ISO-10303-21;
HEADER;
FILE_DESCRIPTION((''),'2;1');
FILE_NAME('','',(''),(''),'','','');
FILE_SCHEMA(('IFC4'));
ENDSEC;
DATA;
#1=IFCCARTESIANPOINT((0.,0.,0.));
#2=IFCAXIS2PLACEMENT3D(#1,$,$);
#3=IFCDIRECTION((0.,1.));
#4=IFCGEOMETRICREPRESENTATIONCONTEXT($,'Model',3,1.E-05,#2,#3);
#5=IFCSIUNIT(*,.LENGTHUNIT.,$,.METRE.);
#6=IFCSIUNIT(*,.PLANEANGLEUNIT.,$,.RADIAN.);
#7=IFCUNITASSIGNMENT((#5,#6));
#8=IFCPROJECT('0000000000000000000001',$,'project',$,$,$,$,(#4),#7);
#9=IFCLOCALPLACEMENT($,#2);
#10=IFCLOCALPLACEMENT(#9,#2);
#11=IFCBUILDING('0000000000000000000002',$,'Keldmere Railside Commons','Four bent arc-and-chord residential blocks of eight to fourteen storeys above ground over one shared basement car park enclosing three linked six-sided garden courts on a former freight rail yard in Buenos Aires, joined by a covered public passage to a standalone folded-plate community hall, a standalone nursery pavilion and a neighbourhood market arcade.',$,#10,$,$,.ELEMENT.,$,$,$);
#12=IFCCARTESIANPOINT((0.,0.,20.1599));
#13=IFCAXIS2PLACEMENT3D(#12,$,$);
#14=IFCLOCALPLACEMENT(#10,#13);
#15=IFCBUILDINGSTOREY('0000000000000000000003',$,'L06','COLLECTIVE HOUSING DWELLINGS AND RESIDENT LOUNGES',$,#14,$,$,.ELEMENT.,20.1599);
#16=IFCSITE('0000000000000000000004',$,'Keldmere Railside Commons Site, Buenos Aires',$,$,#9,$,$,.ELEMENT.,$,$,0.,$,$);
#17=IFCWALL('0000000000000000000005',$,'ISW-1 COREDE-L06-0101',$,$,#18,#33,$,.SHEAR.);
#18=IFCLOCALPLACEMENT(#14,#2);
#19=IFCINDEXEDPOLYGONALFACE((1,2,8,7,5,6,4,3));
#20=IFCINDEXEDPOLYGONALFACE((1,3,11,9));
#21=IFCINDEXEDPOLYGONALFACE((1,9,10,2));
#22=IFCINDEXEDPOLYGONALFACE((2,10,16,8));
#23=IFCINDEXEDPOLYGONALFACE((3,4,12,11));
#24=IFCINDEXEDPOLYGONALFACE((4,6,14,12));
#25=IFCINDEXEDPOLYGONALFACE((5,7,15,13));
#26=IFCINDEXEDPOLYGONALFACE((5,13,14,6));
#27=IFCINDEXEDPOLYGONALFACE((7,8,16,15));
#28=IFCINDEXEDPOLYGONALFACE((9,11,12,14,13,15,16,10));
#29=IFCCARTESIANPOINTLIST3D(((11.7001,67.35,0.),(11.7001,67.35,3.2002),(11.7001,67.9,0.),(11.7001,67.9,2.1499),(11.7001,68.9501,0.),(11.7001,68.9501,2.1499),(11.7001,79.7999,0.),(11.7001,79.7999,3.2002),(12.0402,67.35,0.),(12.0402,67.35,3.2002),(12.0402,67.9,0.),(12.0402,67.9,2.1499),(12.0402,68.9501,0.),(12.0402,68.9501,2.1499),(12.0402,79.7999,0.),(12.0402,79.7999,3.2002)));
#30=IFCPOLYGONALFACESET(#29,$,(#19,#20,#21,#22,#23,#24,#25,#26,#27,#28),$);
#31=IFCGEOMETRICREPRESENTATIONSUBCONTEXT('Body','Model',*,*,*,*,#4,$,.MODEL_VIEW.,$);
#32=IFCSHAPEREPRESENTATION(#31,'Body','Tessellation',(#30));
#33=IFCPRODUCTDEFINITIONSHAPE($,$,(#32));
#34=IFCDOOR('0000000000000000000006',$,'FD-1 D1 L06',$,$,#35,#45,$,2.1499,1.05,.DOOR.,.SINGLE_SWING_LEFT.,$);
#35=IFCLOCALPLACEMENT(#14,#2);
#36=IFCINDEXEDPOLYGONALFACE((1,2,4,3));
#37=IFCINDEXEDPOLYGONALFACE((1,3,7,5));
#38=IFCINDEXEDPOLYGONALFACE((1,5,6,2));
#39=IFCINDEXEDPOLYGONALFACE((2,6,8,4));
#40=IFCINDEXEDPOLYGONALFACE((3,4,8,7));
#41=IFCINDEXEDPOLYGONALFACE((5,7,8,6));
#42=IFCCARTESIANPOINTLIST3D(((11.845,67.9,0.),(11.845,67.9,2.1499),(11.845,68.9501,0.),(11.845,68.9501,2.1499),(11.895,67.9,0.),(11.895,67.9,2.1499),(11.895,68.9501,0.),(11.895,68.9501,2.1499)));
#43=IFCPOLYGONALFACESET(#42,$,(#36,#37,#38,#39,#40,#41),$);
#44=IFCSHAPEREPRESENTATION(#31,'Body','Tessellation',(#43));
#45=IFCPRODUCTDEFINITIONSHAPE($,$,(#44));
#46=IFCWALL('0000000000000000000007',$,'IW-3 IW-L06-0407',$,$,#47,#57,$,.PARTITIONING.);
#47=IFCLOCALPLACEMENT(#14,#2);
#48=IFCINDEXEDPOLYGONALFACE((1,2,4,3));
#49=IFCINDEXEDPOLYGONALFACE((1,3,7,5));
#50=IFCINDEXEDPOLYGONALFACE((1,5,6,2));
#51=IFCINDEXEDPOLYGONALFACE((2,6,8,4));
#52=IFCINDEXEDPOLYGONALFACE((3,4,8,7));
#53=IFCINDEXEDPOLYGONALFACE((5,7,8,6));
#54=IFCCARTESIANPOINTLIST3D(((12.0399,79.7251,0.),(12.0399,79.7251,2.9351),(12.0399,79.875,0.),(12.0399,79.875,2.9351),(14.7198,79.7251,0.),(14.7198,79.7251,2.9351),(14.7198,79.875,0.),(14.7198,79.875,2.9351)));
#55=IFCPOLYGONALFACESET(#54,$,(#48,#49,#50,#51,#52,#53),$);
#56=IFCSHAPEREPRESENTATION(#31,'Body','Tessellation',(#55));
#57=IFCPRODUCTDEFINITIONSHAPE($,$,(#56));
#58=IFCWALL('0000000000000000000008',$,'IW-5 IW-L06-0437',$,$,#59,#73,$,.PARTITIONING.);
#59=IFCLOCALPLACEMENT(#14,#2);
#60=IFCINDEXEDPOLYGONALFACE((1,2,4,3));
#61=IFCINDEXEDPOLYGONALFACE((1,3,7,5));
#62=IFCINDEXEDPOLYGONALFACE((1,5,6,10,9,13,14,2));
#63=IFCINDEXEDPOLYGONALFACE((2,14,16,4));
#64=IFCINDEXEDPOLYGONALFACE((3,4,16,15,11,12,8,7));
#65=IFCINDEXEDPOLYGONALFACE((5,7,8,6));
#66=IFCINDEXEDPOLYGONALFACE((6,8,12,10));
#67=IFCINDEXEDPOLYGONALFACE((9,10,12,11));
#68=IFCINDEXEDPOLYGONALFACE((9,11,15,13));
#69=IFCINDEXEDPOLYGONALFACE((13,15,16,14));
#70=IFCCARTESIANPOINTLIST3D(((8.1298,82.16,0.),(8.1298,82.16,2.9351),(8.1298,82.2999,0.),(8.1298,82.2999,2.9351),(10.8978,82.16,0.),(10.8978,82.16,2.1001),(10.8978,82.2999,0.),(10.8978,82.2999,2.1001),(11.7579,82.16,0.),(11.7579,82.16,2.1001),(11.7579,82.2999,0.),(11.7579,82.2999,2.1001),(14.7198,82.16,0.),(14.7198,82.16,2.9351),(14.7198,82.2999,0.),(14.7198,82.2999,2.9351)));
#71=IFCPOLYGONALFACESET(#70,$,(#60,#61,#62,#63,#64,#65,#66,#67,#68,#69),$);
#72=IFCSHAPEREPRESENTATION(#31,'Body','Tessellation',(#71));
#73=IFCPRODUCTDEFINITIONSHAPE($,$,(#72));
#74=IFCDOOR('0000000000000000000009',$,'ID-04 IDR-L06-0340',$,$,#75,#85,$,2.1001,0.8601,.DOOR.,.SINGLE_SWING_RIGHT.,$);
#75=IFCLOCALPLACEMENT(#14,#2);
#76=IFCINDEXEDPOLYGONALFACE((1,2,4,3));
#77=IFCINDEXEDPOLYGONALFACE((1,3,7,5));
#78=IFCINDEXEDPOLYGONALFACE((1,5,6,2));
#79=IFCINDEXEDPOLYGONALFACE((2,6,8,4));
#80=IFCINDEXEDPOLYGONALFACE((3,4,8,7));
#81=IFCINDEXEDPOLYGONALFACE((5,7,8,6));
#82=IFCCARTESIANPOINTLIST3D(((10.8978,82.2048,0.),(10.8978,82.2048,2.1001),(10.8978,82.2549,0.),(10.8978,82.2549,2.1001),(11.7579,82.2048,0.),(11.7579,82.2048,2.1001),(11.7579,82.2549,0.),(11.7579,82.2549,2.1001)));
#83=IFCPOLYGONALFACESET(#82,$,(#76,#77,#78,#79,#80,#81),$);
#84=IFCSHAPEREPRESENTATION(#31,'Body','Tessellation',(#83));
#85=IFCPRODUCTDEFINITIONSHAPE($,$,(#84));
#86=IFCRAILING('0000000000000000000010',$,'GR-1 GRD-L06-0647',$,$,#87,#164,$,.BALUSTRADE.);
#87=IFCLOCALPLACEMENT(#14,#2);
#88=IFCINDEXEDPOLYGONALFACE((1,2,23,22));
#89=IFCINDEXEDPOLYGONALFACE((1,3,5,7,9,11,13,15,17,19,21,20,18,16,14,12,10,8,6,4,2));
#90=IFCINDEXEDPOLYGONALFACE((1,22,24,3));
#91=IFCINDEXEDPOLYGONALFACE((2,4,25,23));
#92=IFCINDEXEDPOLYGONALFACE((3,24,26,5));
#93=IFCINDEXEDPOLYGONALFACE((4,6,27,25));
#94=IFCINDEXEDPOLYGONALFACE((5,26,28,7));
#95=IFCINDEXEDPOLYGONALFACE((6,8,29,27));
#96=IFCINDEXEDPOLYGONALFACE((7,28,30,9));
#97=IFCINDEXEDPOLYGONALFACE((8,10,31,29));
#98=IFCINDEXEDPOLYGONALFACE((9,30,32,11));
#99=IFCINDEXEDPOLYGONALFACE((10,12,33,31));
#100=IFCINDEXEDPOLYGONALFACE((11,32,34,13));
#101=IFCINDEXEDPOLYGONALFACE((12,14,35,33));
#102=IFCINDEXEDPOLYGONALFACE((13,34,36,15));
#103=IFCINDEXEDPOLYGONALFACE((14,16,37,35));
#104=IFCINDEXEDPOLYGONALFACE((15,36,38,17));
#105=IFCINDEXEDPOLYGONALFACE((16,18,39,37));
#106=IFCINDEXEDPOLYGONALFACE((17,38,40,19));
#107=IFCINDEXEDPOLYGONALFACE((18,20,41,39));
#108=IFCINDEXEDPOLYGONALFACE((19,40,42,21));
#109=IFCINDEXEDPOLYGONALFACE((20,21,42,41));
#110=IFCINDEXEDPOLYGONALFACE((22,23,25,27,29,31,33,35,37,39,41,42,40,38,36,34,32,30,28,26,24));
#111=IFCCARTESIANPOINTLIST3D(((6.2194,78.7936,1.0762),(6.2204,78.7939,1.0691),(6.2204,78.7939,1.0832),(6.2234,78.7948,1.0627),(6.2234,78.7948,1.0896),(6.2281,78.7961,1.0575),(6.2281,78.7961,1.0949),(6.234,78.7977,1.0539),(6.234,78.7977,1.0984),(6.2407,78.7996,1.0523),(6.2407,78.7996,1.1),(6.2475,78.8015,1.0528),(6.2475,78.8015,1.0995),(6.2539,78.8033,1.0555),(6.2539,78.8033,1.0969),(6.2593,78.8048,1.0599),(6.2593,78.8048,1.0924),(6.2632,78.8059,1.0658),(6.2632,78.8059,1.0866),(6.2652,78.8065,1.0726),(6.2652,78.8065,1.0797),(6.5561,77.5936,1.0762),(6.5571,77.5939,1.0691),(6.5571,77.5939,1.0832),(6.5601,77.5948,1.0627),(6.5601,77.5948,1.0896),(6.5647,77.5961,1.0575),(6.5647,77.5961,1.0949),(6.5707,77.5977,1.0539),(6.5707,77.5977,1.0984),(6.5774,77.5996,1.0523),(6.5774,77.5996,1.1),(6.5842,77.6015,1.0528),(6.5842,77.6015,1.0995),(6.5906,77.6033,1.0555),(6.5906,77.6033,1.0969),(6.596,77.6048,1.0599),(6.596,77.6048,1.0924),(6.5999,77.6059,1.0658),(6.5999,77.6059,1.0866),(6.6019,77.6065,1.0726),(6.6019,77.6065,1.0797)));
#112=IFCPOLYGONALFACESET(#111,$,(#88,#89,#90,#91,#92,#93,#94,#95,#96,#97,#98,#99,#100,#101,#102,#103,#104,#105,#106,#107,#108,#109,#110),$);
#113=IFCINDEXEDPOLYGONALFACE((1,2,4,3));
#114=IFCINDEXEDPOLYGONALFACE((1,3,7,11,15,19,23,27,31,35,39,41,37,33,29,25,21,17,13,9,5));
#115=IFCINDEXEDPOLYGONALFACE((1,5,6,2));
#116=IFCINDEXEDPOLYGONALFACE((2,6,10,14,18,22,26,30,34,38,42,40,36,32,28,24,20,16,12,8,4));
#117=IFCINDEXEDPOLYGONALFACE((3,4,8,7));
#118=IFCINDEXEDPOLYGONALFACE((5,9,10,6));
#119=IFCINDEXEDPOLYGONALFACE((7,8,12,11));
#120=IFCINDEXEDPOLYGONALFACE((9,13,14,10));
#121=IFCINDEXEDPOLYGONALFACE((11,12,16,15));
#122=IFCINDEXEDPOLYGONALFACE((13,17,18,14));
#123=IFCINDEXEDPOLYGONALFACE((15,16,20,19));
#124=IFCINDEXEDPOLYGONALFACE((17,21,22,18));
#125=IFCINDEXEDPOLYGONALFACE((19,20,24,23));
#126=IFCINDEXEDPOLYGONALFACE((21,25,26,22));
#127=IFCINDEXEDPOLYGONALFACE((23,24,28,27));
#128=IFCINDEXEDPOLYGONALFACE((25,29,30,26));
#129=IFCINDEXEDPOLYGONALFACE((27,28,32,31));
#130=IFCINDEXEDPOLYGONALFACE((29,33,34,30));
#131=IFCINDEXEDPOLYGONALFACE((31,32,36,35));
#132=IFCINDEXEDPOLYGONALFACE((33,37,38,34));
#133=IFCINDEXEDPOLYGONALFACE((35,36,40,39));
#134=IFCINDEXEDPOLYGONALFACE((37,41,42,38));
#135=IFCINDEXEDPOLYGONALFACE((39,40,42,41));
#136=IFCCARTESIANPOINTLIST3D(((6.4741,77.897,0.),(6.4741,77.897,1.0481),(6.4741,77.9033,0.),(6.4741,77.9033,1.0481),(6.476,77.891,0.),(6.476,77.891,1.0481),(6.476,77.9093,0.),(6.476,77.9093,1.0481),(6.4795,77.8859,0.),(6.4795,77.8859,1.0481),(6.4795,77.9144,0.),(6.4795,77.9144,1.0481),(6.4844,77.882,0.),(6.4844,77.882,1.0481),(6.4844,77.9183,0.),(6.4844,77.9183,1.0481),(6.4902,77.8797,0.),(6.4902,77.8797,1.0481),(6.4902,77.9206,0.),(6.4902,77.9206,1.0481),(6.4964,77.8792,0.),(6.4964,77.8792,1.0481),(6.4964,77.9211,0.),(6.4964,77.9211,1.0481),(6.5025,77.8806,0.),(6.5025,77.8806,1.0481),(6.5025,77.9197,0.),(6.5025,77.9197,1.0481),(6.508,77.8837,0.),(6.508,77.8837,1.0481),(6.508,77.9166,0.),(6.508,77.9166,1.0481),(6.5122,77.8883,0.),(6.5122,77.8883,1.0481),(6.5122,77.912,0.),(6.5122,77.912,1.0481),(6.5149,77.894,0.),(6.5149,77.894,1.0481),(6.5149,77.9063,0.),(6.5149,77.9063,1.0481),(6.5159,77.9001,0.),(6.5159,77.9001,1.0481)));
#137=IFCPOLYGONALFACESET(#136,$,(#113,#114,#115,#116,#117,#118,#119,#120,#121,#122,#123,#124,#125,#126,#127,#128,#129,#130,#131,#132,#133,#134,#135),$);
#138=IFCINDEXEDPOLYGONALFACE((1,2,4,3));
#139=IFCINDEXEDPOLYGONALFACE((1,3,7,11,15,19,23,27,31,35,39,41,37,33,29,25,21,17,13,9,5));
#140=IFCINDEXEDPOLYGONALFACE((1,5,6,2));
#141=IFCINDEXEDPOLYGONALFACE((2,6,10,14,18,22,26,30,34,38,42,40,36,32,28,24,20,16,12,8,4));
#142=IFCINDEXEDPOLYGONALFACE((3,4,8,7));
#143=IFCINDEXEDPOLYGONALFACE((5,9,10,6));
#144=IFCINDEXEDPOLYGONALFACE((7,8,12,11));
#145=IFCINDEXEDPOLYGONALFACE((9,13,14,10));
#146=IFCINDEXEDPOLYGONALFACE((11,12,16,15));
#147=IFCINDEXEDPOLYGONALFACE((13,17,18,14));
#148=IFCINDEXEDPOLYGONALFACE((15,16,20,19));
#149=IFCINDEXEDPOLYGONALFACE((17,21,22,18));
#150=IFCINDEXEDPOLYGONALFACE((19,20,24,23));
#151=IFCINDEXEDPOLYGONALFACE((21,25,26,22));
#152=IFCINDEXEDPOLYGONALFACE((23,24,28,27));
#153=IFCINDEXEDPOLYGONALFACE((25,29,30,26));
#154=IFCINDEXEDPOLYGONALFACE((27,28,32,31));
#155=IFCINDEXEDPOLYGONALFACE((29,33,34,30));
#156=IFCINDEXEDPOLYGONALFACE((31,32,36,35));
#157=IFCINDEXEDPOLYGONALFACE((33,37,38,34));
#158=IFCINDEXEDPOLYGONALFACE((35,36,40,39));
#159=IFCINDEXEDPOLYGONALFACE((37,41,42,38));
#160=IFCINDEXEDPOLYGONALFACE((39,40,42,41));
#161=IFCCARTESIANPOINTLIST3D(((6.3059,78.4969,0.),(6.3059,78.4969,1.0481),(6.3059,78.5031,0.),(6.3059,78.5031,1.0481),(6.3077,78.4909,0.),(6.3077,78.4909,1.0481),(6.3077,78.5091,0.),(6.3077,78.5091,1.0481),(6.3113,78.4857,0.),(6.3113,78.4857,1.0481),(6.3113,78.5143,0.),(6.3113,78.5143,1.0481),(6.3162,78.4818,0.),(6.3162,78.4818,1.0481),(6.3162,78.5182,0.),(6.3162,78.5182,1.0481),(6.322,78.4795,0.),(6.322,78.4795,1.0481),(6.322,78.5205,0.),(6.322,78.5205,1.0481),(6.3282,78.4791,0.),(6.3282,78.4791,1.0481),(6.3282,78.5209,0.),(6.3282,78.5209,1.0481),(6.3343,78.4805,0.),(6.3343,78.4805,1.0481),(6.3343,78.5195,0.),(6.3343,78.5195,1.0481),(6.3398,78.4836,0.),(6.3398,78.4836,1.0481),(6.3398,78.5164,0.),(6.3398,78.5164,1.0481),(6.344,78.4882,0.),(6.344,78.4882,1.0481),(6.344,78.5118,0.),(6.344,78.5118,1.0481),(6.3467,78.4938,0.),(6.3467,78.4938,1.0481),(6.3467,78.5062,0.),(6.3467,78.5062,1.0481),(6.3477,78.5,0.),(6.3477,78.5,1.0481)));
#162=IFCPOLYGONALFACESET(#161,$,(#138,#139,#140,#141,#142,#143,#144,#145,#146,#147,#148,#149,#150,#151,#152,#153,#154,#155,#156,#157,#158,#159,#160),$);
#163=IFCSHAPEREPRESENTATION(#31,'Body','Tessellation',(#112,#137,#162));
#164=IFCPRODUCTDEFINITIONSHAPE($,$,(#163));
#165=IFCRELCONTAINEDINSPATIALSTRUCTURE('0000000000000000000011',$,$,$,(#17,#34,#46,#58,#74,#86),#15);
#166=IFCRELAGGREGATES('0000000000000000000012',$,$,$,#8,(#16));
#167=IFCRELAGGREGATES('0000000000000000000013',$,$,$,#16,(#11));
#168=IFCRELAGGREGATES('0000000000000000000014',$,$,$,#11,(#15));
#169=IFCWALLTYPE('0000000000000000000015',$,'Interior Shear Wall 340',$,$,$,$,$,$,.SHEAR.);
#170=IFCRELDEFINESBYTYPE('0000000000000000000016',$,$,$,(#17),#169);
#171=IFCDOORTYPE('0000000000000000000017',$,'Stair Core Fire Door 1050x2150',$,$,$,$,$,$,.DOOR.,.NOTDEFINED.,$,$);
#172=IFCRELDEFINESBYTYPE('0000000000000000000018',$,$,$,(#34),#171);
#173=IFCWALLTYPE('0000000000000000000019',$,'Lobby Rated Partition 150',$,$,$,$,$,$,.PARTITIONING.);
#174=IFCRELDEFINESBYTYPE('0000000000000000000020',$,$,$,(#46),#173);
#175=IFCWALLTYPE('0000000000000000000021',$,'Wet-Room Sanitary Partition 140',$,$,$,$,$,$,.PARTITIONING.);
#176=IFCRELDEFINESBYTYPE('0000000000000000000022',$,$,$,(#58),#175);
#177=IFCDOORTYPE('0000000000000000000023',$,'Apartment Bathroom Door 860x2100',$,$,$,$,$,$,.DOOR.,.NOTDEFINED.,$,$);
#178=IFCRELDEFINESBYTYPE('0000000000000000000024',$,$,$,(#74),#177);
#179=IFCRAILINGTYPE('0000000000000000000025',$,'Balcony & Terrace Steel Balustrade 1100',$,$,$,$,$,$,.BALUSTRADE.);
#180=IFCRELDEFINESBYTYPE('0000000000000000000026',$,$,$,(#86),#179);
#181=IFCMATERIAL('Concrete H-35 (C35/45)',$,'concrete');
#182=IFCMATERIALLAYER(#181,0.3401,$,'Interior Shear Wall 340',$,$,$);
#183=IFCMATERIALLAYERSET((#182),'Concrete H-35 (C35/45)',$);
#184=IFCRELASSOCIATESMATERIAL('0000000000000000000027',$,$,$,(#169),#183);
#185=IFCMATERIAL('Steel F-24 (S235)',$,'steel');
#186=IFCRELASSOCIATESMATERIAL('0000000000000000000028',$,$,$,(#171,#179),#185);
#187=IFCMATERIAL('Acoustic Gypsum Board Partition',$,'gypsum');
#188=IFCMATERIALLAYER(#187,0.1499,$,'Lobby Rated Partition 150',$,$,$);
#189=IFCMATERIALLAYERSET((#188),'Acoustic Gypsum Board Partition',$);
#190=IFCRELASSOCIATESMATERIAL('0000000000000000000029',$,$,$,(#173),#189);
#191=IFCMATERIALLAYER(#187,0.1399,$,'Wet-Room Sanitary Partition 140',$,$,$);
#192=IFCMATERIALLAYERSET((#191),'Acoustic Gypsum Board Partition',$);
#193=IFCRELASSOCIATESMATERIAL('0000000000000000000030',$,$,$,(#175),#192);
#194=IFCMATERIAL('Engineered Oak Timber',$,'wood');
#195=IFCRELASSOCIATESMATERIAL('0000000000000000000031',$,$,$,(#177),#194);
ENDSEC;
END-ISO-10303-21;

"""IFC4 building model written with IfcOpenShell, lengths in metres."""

from ifc_helpers import new_model, si_unit, direction, frame, frame_2d, origin, origin_2d, place, context, subcontext, project, spatial, rectangle, circle, extrude, material, layer, layer_set, type_object, element, fill, save


model = new_model("IFC4")

# Units and contexts
model_context = context("Model", 3, precision=1e-05, world=origin(), true_north=direction((0.0, 1.0)))
body_context = subcontext(model_context, "Body", "Model", "MODEL_VIEW")
ifc_project = project(units=[si_unit("LENGTHUNIT", "METRE"), si_unit("PLANEANGLEUNIT", "RADIAN")], contexts=[model_context])

# Site, building, storey
site_placement = place(None, origin())
site = spatial("IfcSite", under=ifc_project, at=site_placement, Name="Keldmere Railside Commons Site, Buenos Aires", CompositionType="ELEMENT", RefElevation=0.0)
building_placement = place(site_placement, origin())
building = spatial("IfcBuilding", under=site, at=building_placement, Name="Keldmere Railside Commons", Description="Four bent arc-and-chord residential blocks of eight to fourteen storeys above ground over one shared basement car park enclosing three linked six-sided garden courts on a former freight rail yard in Buenos Aires, joined by a covered public passage to a standalone folded-plate community hall, a standalone nursery pavilion and a neighbourhood market arcade.", CompositionType="ELEMENT")
storey_placement = place(building_placement, frame((0.0, 0.0, 20.1599)))
storey = spatial("IfcBuildingStorey", under=building, at=storey_placement, Name="L06", Description="COLLECTIVE HOUSING DWELLINGS AND RESIDENT LOUNGES", CompositionType="ELEMENT", Elevation=20.1599)

# Shared definitions
ifc_material_1 = material(Name="Concrete H-35 (C35/45)", Category="concrete")

# Shared definitions
ifc_material_2 = material(Name="Acoustic Gypsum Board Partition", Category="gypsum")

# Shared definitions
ifc_material_3 = material(Name="Engineered Oak Timber", Category="wood")

# Wall, opening, door
ifc_layer_1 = layer(ifc_material_1, 0.3401, Name="Interior Shear Wall 340")
ifc_layer_set_1 = layer_set([ifc_layer_1], Name="Concrete H-35 (C35/45)")
wall_type_1 = type_object("IfcWallType", Name="Interior Shear Wall 340", PredefinedType="SHEAR", material=ifc_layer_set_1)
wall_1_placement = place(storey_placement, frame((11.8701, 79.8, 0.0), z_axis=(0.0, 0.0, 1.0), x_axis=(0.0, -1.0, 0.0)))
wall_1 = element("IfcWall", 1, at=wall_1_placement, inside=storey, type_object=wall_type_1, Name="ISW-1 COREDE-L06-0101", PredefinedType="SHEAR", context=body_context, shape_type="SweptSolid", body=[
    extrude(rectangle(XDim=12.45, YDim=0.3401, at=frame_2d((6.2251, 0.0))), origin(), (0.0, 0.0, 1.0), 3.2002),
])
opening_1_placement = place(wall_1_placement, frame((10.8501, 0.0, 0.0)))
opening_1 = element("IfcOpeningElement", 2, at=opening_1_placement, cuts=wall_1, PredefinedType="OPENING", context=body_context, shape_type="SweptSolid", body=[
    extrude(rectangle(XDim=1.05, YDim=2.1499, at=frame_2d((0.5249, 1.075))), frame((0.0, 0.1799, 0.0), z_axis=(0.0, -1.0, 0.0), x_axis=(1.0, 0.0, 0.0)), (0.0, 0.0, 1.0), 0.3601),
])
ifc_material_4 = material(Name="Steel F-24 (S235)", Category="steel")
door_type_1 = type_object("IfcDoorType", Name="Stair Core Fire Door 1050x2150", OperationType="NOTDEFINED", PredefinedType="DOOR", material=ifc_material_4)
door_1_placement = place(opening_1_placement, origin())
door_1 = element("IfcDoor", 3, at=door_1_placement, inside=storey, type_object=door_type_1, Name="FD-1 D1 L06", OperationType="SINGLE_SWING_LEFT", OverallHeight=2.1499, OverallWidth=1.05, PredefinedType="DOOR", context=body_context, shape_type="SweptSolid", body=[
    extrude(rectangle(XDim=1.05, YDim=2.1499, at=frame_2d((0.5249, 1.075))), frame((0.0, 0.0249, 0.0), z_axis=(0.0, -1.0, 0.0), x_axis=(1.0, 0.0, 0.0)), (0.0, 0.0, 1.0), 0.05),
])
fill(opening_1, door_1)

# Wall
ifc_layer_2 = layer(ifc_material_2, 0.1499, Name="Lobby Rated Partition 150")
ifc_layer_set_2 = layer_set([ifc_layer_2], Name="Acoustic Gypsum Board Partition")
wall_type_2 = type_object("IfcWallType", Name="Lobby Rated Partition 150", PredefinedType="PARTITIONING", material=ifc_layer_set_2)
wall_2_placement = place(storey_placement, frame((12.04, 79.8, 0.0), z_axis=(0.0, 0.0, 1.0), x_axis=(1.0, 0.0, 0.0)))
element("IfcWall", 4, at=wall_2_placement, inside=storey, type_object=wall_type_2, Name="IW-3 IW-L06-0407", PredefinedType="PARTITIONING", context=body_context, shape_type="SweptSolid", body=[
    extrude(rectangle(XDim=2.6799, YDim=0.1499, at=frame_2d((1.3398, 0.0))), origin(), (0.0, 0.0, 1.0), 2.9351),
])

# Wall, opening, door
ifc_layer_3 = layer(ifc_material_2, 0.1399, Name="Wet-Room Sanitary Partition 140")
ifc_layer_set_3 = layer_set([ifc_layer_3], Name="Acoustic Gypsum Board Partition")
wall_type_3 = type_object("IfcWallType", Name="Wet-Room Sanitary Partition 140", PredefinedType="PARTITIONING", material=ifc_layer_set_3)
wall_3_placement = place(storey_placement, frame((8.1299, 82.23, 0.0), z_axis=(0.0, 0.0, 1.0), x_axis=(1.0, 0.0, 0.0)))
wall_3 = element("IfcWall", 5, at=wall_3_placement, inside=storey, type_object=wall_type_3, Name="IW-5 IW-L06-0437", PredefinedType="PARTITIONING", context=body_context, shape_type="SweptSolid", body=[
    extrude(rectangle(XDim=6.5901, YDim=0.1399, at=frame_2d((3.2949, 0.0))), origin(), (0.0, 0.0, 1.0), 2.9351),
])
opening_2_placement = place(wall_3_placement, frame((2.7678, 0.0, 0.0)))
opening_2 = element("IfcOpeningElement", 6, at=opening_2_placement, cuts=wall_3, PredefinedType="OPENING", context=body_context, shape_type="SweptSolid", body=[
    extrude(rectangle(XDim=0.8601, YDim=2.1001, at=frame_2d((0.4302, 1.05))), frame((0.0, 0.0798, 0.0), z_axis=(0.0, -1.0, 0.0), x_axis=(1.0, 0.0, 0.0)), (0.0, 0.0, 1.0), 0.1599),
])
door_type_2 = type_object("IfcDoorType", Name="Apartment Bathroom Door 860x2100", OperationType="NOTDEFINED", PredefinedType="DOOR", material=ifc_material_3)
door_2_placement = place(opening_2_placement, origin())
door_2 = element("IfcDoor", 7, at=door_2_placement, inside=storey, type_object=door_type_2, Name="ID-04 IDR-L06-0340", OperationType="SINGLE_SWING_RIGHT", OverallHeight=2.1001, OverallWidth=0.8601, PredefinedType="DOOR", context=body_context, shape_type="SweptSolid", body=[
    extrude(rectangle(XDim=0.8601, YDim=2.1001, at=frame_2d((0.4302, 1.05))), frame((0.0, 0.0249, 0.0), z_axis=(0.0, -1.0, 0.0), x_axis=(1.0, 0.0, 0.0)), (0.0, 0.0, 1.0), 0.05),
])
fill(opening_2, door_2)

# Railing
railing_type = type_object("IfcRailingType", Name="Balcony & Terrace Steel Balustrade 1100", PredefinedType="BALUSTRADE", material=ifc_material_4)
railing_1_placement = place(storey_placement, frame((6.5791, 77.6001, 0.0)))
element("IfcRailing", 8, at=railing_1_placement, inside=storey, type_object=railing_type, Name="GR-1 GRD-L06-0647", PredefinedType="BALUSTRADE", context=body_context, shape_type="SweptSolid", body=[
    extrude(circle(Radius=0.0239, at=origin_2d()), frame((0.0, 0.0, 1.0762), z_axis=(-0.270139, 0.962821, 0.0), x_axis=(-0.962821, -0.270139, 0.0)), (0.0, 0.0, 1.0), 1.2463),
    extrude(circle(Radius=0.021, at=origin_2d()), frame((-0.0842, 0.3, 0.0)), (0.0, 0.0, 1.0), 1.0481),
    extrude(circle(Radius=0.021, at=origin_2d()), frame((-0.2524, 0.8999, 0.0)), (0.0, 0.0, 1.0), 1.0481),
])

save(model, "model.ifc")
